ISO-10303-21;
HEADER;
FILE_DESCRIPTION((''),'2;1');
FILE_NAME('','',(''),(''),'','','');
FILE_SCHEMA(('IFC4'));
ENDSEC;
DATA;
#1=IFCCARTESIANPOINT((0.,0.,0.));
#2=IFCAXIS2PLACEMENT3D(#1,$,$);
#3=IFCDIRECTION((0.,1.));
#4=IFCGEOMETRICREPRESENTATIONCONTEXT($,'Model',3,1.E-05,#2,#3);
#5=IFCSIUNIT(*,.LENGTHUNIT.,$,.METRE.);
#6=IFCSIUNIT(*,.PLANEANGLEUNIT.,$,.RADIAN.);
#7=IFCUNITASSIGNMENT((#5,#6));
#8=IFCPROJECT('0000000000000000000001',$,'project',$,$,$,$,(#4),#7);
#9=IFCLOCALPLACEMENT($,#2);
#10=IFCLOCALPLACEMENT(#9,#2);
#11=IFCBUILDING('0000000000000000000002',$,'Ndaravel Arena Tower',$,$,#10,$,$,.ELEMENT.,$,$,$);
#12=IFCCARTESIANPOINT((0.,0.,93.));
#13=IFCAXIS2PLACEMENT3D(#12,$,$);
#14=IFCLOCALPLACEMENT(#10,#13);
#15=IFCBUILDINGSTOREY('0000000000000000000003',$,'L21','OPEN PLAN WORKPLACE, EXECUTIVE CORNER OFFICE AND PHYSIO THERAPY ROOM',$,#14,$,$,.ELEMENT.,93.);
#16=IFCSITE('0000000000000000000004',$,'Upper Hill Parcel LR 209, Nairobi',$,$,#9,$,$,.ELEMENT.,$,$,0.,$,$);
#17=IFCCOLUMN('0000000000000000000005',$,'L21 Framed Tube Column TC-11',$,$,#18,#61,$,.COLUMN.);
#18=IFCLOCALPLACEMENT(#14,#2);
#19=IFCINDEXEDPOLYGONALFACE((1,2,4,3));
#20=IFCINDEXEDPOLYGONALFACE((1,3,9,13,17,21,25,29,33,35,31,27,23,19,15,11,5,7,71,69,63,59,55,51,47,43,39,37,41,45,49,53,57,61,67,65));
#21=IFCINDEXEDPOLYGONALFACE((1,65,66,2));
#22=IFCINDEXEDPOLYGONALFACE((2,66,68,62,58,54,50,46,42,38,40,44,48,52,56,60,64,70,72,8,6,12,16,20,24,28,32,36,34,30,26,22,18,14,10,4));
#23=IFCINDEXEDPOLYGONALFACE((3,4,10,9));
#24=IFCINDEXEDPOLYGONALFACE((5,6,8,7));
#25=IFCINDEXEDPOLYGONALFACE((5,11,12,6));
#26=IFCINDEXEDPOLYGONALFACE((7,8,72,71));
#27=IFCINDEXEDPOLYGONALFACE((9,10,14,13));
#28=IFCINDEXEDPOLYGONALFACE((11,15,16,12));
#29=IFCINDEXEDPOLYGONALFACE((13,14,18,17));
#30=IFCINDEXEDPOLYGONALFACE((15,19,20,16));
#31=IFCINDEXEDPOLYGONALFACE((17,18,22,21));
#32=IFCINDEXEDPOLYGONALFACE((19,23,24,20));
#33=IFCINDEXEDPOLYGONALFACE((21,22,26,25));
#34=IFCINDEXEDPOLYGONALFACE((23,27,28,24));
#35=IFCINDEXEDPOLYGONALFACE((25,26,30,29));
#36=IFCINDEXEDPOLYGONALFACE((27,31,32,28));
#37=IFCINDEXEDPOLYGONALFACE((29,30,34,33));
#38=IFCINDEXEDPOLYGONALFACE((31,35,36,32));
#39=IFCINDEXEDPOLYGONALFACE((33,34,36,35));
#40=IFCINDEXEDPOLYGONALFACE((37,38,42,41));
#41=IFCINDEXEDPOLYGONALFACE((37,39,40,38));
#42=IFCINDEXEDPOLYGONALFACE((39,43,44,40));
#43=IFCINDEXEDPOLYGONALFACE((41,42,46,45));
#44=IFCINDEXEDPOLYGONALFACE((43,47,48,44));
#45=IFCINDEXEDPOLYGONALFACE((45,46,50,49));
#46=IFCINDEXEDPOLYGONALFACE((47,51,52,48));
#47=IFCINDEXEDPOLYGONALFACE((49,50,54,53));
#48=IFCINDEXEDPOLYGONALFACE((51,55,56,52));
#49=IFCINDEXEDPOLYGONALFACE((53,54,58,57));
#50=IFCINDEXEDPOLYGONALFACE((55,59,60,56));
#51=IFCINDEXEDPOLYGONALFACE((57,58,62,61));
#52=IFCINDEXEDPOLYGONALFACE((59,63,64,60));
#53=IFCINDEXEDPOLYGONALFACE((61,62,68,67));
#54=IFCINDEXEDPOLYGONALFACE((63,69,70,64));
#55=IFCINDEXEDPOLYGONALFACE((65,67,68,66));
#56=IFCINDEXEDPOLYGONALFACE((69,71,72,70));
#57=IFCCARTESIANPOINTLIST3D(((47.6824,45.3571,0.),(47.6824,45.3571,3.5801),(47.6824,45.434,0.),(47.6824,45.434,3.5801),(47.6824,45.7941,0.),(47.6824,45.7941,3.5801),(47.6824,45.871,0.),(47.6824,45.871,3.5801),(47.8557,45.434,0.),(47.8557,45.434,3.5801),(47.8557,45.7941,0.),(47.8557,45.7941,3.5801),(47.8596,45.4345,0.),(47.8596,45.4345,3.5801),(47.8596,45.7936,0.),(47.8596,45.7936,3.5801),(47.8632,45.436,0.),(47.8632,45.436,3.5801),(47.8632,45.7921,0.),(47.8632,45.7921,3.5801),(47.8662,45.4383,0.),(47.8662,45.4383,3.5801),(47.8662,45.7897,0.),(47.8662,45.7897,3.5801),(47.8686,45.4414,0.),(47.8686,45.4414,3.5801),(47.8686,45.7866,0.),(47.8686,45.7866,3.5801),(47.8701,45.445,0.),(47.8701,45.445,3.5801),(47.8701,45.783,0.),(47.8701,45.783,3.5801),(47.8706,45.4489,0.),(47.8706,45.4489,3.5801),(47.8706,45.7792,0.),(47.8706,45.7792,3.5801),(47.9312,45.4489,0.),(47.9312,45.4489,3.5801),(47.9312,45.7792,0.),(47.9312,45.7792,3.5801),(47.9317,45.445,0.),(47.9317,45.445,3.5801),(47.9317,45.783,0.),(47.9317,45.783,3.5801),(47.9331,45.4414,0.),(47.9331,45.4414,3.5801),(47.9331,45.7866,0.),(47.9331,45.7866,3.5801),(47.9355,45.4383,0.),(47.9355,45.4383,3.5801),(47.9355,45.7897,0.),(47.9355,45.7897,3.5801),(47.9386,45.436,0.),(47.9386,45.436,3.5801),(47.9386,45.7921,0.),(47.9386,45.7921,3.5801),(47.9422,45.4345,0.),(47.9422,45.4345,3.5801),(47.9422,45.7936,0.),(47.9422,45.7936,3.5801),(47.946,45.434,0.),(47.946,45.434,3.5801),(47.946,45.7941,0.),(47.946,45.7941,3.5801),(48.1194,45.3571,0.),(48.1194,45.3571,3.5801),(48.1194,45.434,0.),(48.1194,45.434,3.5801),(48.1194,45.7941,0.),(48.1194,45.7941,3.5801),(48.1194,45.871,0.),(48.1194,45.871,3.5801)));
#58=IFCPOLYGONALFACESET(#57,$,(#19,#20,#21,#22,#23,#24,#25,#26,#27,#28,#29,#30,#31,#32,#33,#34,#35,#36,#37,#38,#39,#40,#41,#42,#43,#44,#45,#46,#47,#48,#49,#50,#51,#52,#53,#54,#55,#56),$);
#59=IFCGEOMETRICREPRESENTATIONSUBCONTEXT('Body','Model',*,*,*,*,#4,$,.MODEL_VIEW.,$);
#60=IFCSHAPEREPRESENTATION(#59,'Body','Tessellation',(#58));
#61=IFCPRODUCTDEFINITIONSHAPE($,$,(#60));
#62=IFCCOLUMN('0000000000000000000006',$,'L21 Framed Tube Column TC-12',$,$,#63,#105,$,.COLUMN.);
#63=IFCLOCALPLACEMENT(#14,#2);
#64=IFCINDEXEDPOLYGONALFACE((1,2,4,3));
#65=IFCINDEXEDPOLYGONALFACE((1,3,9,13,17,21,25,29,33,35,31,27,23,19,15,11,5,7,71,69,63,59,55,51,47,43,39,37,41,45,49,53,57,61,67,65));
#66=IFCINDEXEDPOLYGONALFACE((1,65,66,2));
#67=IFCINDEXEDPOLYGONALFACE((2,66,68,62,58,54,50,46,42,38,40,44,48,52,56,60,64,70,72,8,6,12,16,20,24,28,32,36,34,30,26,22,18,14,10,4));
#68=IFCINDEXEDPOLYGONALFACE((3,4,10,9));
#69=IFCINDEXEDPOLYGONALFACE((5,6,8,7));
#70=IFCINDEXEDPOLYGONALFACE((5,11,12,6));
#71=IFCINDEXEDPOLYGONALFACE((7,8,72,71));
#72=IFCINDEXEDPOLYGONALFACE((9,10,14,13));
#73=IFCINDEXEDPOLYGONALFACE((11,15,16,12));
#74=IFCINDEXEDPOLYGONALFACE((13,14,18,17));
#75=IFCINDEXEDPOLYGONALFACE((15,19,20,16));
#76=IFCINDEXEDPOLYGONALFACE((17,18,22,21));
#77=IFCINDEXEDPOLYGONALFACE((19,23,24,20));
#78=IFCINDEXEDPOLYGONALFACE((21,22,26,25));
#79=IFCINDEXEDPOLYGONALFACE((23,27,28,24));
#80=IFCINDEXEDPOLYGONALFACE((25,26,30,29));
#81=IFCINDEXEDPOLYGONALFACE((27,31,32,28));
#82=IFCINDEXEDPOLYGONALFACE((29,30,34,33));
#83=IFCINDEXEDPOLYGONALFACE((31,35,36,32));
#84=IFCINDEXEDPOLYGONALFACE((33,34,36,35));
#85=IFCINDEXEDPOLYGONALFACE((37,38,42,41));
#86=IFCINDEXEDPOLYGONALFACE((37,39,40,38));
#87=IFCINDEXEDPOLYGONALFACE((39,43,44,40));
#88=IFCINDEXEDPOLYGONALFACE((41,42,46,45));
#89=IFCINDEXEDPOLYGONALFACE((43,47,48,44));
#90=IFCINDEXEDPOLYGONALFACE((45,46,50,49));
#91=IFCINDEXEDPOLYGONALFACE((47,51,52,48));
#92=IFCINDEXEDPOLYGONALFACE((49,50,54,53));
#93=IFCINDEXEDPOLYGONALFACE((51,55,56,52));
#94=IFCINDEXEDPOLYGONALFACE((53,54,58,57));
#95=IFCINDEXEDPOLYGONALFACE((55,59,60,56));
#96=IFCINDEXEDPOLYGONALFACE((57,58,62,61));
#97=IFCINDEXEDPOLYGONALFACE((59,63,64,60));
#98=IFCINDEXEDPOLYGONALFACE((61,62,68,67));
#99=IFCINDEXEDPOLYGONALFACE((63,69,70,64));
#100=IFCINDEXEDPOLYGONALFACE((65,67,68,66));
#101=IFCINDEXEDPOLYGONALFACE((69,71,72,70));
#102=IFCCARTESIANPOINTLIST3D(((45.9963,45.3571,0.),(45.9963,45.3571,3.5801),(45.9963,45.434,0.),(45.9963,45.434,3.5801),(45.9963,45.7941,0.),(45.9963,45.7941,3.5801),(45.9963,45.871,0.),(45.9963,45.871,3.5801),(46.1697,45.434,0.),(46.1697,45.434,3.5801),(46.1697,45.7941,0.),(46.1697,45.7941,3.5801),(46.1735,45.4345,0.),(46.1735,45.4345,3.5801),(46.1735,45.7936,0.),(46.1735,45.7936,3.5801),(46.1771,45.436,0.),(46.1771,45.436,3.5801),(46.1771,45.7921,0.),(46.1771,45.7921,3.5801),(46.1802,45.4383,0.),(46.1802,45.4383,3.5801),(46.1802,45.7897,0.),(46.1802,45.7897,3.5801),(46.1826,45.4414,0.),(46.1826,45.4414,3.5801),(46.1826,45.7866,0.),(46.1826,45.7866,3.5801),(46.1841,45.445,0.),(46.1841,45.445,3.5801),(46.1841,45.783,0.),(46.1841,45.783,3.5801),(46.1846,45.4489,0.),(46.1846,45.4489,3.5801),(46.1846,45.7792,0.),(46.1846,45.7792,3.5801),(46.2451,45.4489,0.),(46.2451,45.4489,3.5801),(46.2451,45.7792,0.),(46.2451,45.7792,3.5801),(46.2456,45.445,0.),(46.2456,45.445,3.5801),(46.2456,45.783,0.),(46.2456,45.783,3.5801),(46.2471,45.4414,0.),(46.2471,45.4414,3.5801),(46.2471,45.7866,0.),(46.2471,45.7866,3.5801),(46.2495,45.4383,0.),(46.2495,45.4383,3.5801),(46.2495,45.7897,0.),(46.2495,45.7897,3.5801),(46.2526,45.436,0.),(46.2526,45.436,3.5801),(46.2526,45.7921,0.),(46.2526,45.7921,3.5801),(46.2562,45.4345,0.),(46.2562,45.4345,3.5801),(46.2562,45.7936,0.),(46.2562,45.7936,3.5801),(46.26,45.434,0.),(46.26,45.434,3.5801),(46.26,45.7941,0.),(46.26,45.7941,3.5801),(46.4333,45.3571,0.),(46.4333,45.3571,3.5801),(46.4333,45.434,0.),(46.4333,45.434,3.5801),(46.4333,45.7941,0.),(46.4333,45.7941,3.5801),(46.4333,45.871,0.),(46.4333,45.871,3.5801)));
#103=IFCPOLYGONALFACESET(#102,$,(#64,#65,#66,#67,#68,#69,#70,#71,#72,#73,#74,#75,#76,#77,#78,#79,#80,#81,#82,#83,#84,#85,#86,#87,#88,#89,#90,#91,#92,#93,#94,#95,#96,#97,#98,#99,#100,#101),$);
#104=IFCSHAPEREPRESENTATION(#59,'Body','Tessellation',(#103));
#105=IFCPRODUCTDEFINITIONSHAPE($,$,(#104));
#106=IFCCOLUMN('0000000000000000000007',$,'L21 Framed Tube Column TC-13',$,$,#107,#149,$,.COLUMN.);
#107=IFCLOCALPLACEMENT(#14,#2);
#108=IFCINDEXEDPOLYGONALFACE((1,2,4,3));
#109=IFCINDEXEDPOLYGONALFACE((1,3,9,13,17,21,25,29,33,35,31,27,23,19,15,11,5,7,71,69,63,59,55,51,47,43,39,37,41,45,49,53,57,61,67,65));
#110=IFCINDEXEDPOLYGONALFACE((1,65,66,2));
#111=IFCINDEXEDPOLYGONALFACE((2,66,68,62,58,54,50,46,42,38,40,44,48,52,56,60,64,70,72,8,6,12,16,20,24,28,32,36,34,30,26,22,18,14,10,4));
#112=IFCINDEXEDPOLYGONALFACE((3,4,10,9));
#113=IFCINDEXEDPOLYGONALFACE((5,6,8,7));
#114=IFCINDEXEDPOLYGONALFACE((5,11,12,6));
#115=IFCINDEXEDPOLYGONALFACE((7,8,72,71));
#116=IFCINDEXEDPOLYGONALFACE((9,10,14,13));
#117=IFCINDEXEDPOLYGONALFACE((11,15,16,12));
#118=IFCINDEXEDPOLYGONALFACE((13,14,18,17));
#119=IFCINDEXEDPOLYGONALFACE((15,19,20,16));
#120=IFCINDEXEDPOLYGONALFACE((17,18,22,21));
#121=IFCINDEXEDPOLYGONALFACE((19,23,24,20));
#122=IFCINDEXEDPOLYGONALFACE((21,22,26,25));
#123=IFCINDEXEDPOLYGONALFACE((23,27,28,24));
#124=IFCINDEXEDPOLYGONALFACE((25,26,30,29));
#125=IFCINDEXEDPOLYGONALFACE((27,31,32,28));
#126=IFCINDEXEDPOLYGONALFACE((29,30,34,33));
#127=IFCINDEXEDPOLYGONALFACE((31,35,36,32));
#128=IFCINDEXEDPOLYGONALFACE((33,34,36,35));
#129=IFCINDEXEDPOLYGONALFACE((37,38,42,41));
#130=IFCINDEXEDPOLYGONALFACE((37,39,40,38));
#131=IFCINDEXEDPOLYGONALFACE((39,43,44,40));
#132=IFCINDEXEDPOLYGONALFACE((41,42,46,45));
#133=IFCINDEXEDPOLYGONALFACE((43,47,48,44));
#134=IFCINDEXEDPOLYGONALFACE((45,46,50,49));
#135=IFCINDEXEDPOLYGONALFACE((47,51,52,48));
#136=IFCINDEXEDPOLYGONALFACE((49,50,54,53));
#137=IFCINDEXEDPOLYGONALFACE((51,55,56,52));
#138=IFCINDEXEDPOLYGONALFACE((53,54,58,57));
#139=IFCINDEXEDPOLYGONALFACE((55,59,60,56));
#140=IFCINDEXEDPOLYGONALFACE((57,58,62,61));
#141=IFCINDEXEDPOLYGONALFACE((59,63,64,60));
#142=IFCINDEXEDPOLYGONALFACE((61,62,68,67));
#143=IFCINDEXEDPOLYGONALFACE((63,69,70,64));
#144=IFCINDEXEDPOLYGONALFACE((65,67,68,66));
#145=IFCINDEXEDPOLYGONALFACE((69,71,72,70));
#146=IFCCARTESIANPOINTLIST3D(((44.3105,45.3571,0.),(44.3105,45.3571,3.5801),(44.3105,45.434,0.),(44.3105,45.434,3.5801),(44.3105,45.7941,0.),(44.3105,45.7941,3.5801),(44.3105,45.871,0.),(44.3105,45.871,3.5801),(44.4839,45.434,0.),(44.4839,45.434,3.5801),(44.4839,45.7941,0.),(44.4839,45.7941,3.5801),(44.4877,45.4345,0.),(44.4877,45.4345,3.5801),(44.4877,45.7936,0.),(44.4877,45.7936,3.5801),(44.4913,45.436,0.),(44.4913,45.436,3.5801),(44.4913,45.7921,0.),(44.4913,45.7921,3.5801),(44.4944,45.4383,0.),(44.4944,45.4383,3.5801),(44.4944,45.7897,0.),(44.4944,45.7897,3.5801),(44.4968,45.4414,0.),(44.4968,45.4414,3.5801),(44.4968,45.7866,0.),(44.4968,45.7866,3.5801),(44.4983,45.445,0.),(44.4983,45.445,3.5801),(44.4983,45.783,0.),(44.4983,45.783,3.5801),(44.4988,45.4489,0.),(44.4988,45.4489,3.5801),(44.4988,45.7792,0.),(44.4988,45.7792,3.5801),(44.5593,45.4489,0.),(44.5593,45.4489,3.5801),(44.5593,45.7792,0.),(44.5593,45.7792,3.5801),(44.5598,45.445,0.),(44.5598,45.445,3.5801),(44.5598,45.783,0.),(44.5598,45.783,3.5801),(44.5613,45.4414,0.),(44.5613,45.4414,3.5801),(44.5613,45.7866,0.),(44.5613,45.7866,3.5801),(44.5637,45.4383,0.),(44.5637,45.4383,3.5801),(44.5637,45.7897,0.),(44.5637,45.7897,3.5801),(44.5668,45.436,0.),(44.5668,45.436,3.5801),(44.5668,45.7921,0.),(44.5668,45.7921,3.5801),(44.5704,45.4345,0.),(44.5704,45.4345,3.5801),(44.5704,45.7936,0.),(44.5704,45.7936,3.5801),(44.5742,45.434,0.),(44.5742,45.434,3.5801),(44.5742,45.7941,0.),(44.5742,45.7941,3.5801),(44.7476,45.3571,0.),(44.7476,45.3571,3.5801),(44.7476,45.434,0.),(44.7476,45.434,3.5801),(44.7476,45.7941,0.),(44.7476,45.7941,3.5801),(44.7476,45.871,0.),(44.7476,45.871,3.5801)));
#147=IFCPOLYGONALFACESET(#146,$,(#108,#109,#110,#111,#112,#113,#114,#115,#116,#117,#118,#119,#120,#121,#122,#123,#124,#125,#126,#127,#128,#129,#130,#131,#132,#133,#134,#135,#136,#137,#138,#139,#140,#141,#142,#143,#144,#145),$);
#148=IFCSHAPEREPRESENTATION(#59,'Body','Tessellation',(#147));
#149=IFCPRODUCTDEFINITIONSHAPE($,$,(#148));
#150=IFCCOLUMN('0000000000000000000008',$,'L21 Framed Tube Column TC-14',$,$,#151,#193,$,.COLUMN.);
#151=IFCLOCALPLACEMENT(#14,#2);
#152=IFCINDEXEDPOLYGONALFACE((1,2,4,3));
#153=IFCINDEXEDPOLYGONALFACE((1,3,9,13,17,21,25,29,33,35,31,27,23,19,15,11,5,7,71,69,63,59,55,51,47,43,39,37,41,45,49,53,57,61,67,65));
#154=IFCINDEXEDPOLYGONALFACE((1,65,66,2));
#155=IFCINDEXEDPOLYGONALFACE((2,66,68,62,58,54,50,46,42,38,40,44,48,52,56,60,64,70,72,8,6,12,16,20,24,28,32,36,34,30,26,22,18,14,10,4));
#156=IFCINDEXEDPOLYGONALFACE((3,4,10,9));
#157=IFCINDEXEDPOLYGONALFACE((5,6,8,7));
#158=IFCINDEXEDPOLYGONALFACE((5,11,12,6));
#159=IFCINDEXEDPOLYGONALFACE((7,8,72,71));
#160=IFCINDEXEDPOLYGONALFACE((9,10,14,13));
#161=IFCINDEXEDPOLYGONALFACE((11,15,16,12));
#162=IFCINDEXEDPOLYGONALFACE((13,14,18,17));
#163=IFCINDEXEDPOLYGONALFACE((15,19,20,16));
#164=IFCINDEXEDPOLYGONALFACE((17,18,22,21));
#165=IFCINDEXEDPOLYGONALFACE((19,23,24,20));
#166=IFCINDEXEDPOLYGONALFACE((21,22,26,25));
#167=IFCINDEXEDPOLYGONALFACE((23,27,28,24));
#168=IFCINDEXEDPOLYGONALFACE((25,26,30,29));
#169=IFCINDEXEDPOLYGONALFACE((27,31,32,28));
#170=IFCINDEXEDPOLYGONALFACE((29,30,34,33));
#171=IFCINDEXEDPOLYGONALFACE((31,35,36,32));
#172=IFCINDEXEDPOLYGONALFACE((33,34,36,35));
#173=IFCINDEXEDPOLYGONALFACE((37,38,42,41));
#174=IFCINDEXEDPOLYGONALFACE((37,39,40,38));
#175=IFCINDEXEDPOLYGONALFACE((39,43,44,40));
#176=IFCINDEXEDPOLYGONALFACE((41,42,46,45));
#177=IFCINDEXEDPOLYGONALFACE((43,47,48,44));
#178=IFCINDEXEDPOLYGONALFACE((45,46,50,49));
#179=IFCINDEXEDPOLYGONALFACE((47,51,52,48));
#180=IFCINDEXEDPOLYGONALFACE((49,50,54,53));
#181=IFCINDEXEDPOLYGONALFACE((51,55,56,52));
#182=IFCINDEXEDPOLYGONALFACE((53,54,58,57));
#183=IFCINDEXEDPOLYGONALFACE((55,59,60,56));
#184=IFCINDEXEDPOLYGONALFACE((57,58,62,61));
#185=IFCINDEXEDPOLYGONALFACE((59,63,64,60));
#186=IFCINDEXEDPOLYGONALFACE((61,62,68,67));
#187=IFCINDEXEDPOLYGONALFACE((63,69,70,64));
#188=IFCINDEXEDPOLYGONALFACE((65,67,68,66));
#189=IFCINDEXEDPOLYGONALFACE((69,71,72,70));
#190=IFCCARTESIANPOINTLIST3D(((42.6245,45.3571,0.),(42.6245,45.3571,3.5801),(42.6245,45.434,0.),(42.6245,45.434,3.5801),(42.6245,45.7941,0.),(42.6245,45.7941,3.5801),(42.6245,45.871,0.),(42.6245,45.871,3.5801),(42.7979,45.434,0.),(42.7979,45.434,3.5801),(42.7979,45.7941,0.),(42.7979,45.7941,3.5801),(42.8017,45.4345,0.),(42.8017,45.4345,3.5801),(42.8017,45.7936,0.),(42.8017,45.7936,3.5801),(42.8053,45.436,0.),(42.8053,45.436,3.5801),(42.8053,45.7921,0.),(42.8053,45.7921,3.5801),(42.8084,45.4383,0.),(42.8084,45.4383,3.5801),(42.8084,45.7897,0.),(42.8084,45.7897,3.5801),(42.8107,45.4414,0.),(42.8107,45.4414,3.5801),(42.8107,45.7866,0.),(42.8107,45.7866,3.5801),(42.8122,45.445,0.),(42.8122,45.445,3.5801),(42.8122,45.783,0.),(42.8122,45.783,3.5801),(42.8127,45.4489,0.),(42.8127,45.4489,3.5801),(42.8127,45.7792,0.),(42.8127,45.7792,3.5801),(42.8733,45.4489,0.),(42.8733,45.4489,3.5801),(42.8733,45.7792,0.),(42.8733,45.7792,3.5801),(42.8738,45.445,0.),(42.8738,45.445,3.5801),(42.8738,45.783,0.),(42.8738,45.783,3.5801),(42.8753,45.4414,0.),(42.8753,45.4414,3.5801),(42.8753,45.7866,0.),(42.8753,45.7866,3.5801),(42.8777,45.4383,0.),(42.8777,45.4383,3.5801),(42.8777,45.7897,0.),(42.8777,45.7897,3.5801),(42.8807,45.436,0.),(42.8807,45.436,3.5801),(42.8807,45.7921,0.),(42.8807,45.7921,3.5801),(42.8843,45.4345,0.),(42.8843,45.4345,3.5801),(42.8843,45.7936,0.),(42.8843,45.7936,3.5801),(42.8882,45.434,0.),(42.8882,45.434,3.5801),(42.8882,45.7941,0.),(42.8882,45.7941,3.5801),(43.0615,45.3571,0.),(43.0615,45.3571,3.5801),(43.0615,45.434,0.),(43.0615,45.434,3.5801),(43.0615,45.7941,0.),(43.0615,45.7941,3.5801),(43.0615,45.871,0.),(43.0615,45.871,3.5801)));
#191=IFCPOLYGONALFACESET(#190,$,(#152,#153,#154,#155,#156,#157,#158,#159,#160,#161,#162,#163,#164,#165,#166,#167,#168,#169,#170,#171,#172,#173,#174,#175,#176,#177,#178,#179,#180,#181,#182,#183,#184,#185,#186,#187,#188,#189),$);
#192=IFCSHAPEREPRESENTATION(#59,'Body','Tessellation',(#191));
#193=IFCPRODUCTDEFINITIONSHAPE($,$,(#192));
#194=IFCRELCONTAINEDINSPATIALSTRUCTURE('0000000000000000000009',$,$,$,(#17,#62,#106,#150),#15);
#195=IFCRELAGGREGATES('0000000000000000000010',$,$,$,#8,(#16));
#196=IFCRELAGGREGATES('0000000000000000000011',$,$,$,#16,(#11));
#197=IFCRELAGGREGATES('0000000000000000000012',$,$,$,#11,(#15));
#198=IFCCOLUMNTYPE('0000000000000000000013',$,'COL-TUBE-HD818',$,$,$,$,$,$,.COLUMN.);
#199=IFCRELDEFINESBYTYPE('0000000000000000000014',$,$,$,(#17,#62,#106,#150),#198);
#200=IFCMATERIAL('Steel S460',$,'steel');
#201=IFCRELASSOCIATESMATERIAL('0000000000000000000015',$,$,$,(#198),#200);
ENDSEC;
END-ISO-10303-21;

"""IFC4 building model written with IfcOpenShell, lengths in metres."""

from ifc_helpers import new_model, si_unit, direction, frame, origin, origin_2d, place, context, subcontext, project, spatial, i_section, extrude, material, material_profile, profile_set, type_object, element, save


model = new_model("IFC4")

# Units and contexts
model_context = context("Model", 3, precision=1e-05, world=origin(), true_north=direction((0.0, 1.0)))
body_context = subcontext(model_context, "Body", "Model", "MODEL_VIEW")
ifc_project = project(units=[si_unit("LENGTHUNIT", "METRE"), si_unit("PLANEANGLEUNIT", "RADIAN")], contexts=[model_context])

# Site, building, storey
site_placement = place(None, origin())
site = spatial("IfcSite", under=ifc_project, at=site_placement, Name="Upper Hill Parcel LR 209, Nairobi", CompositionType="ELEMENT", RefElevation=0.0)
building_placement = place(site_placement, origin())
building = spatial("IfcBuilding", under=site, at=building_placement, Name="Ndaravel Arena Tower", CompositionType="ELEMENT")
storey_placement = place(building_placement, frame((0.0, 0.0, 93.0)))
storey = spatial("IfcBuildingStorey", under=building, at=storey_placement, Name="L21", Description="OPEN PLAN WORKPLACE, EXECUTIVE CORNER OFFICE AND PHYSIO THERAPY ROOM", CompositionType="ELEMENT", Elevation=93.0)

# Columns
ifc_material_1 = material(Name="Steel S460", Category="steel")
ifc_material_profile_1 = material_profile(ifc_material_1, i_section(OverallWidth=0.437, OverallDepth=0.5139, WebThickness=0.0605, FlangeThickness=0.0769, FilletRadius=0.0149, at=origin_2d()), Name="HD 400x818")
ifc_profile_set_1 = profile_set([ifc_material_profile_1], Name="Steel S460")
column_type = type_object("IfcColumnType", Name="COL-TUBE-HD818", PredefinedType="COLUMN", material=ifc_profile_set_1)
for number, where, z_axis, x_axis, name in (
    (1, (47.9009, 45.614, 0.0), (0.0, 0.0, 1.0), (1.0, 0.0, 0.0), "L21 Framed Tube Column TC-11"),
    (2, (46.2148, 45.614, 0.0), (0.0, 0.0, 1.0), (1.0, 0.0, 0.0), "L21 Framed Tube Column TC-12"),
    (3, (44.5291, 45.614, 0.0), (0.0, 0.0, 1.0), (1.0, 0.0, 0.0), "L21 Framed Tube Column TC-13"),
    (4, (42.843, 45.614, 0.0), (0.0, 0.0, 1.0), (1.0, 0.0, 0.0), "L21 Framed Tube Column TC-14"),
):
    element("IfcColumn", number, at=place(storey_placement, frame(where, z_axis=z_axis, x_axis=x_axis)), inside=storey, type_object=column_type, Name=name, PredefinedType="COLUMN", context=body_context, shape_type="SweptSolid", body=[
        extrude(i_section(OverallWidth=0.437, OverallDepth=0.5139, WebThickness=0.0605, FlangeThickness=0.0769, FilletRadius=0.0149, at=origin_2d()), origin(), (0.0, 0.0, 1.0), 3.5801),
    ])

save(model, "model.ifc")
